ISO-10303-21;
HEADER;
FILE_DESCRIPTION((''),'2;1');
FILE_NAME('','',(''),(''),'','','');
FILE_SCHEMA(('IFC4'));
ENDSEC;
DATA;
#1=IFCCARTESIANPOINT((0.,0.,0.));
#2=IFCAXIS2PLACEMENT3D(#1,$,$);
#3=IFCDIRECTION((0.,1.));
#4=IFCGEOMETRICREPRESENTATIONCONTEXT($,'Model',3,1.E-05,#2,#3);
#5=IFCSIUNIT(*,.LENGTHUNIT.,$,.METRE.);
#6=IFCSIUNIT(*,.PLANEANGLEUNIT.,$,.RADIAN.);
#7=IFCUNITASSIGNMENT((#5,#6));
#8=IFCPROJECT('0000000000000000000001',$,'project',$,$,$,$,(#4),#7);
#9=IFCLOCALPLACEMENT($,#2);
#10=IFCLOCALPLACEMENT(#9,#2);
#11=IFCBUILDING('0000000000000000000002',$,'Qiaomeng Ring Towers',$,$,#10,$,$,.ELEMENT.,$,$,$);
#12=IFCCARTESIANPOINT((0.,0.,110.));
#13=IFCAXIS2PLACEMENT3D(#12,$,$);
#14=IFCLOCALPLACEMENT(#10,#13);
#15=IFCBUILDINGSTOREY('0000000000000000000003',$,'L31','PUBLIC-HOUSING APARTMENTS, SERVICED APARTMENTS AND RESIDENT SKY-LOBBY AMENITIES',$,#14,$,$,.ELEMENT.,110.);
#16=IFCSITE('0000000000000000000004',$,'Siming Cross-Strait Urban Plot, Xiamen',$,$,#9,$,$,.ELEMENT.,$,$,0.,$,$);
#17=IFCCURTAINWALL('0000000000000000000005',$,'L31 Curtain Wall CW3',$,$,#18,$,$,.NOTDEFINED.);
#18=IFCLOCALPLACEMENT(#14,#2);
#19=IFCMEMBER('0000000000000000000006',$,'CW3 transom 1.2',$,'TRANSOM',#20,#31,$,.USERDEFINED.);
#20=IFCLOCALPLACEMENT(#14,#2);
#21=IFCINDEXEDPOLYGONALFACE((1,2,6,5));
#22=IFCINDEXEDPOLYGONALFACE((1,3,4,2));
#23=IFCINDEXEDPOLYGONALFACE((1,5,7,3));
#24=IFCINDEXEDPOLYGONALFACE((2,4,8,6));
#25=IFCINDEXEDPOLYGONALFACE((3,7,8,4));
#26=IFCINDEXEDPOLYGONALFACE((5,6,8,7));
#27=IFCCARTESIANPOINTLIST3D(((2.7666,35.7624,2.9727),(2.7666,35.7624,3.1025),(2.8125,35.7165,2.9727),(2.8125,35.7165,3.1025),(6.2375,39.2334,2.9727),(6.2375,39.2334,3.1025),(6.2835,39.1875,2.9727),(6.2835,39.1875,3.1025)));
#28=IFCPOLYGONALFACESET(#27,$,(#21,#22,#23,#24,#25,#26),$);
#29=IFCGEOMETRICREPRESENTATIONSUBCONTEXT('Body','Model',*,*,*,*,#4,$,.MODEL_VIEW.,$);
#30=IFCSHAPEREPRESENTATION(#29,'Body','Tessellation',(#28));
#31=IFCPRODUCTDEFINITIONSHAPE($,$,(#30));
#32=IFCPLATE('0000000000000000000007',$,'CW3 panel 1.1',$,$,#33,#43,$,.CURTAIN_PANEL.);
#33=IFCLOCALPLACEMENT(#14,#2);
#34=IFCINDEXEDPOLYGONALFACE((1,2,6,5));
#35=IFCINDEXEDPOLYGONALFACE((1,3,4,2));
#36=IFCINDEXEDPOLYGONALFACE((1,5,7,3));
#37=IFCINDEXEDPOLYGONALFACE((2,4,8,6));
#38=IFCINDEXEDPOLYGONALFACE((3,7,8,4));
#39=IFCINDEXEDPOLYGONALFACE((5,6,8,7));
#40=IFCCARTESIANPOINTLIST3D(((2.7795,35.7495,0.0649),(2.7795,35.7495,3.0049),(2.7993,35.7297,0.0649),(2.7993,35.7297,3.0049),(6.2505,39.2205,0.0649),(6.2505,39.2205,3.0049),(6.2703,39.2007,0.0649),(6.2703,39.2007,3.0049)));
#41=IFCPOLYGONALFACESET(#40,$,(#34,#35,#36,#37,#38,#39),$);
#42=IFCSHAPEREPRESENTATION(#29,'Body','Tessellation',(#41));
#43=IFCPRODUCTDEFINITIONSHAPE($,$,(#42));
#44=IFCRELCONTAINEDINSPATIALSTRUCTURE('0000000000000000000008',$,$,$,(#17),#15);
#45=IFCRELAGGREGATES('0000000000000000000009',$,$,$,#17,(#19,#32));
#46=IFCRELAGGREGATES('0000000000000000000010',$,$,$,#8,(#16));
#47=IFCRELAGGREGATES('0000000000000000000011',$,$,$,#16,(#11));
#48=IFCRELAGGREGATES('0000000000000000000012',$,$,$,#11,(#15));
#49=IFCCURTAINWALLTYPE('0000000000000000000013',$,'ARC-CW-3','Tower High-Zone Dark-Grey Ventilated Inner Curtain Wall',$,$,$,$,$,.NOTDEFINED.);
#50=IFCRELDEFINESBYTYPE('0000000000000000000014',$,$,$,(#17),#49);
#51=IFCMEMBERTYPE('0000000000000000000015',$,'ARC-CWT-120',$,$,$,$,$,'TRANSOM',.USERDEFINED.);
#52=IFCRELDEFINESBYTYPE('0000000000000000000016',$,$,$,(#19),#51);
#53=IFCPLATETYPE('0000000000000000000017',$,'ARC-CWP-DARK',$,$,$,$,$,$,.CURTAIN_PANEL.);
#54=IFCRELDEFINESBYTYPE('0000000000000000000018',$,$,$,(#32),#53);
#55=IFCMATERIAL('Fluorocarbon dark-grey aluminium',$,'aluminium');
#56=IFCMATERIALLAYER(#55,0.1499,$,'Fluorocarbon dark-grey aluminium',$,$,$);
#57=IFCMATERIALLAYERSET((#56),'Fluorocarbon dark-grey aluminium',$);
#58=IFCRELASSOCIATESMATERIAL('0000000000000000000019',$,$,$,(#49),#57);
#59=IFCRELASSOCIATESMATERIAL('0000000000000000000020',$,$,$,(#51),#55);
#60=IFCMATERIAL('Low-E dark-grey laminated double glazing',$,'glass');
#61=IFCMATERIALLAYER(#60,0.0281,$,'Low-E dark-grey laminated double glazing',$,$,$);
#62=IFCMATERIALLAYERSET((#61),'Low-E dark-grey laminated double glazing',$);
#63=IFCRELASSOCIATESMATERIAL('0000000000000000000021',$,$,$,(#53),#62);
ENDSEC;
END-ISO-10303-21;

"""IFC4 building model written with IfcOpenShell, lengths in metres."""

from ifc_helpers import new_model, si_unit, direction, frame, origin, origin_2d, place, context, subcontext, project, spatial, rectangle, extrude, source, transform, mapped, material, layer, layer_set, material_profile, profile_set, type_object, element, aggregate, save


model = new_model("IFC4")

# Units and contexts
model_context = context("Model", 3, precision=1e-05, world=origin(), true_north=direction((0.0, 1.0)))
body_context = subcontext(model_context, "Body", "Model", "MODEL_VIEW")
ifc_project = project(units=[si_unit("LENGTHUNIT", "METRE"), si_unit("PLANEANGLEUNIT", "RADIAN")], contexts=[model_context])

# Site, building, storey
site_placement = place(None, origin())
site = spatial("IfcSite", under=ifc_project, at=site_placement, Name="Siming Cross-Strait Urban Plot, Xiamen", CompositionType="ELEMENT", RefElevation=0.0)
building_placement = place(site_placement, origin())
building = spatial("IfcBuilding", under=site, at=building_placement, Name="Qiaomeng Ring Towers", CompositionType="ELEMENT")
storey_placement = place(building_placement, frame((0.0, 0.0, 110.0)))
storey = spatial("IfcBuildingStorey", under=building, at=storey_placement, Name="L31", Description="PUBLIC-HOUSING APARTMENTS, SERVICED APARTMENTS AND RESIDENT SKY-LOBBY AMENITIES", CompositionType="ELEMENT", Elevation=110.0)

# Curtain wall, member, plate
ifc_material_1 = material(Name="Fluorocarbon dark-grey aluminium", Category="aluminium")
ifc_layer_1 = layer(ifc_material_1, 0.1499, Name="Fluorocarbon dark-grey aluminium")
ifc_layer_set_1 = layer_set([ifc_layer_1], Name="Fluorocarbon dark-grey aluminium")
curtain_wall_type = type_object("IfcCurtainWallType", Name="ARC-CW-3", Description="Tower High-Zone Dark-Grey Ventilated Inner Curtain Wall", PredefinedType="NOTDEFINED", material=ifc_layer_set_1)
curtain_wall_placement = place(storey_placement, origin())
curtain_wall = element("IfcCurtainWall", 1, at=curtain_wall_placement, inside=storey, type_object=curtain_wall_type, Name="L31 Curtain Wall CW3", PredefinedType="NOTDEFINED")
ifc_material_profile_1 = material_profile(ifc_material_1, rectangle(XDim=0.0649, YDim=0.1299, at=origin_2d()), Name="ALU TRAN 65x130")
ifc_profile_set_1 = profile_set([ifc_material_profile_1], Name="Fluorocarbon dark-grey aluminium")
member_type_1 = type_object("IfcMemberType", Name="ARC-CWT-120", ElementType="TRANSOM", PredefinedType="USERDEFINED", material=ifc_profile_set_1)
shared_shape_1 = source(origin(), body_context, "Body", "SweptSolid", [
    extrude(rectangle(XDim=0.0649, YDim=0.1299, at=origin_2d()), origin(), (0.0, 0.0, 1.0), 4.9087),
])
member_1_placement = place(storey_placement, frame((6.2605, 39.2104, 3.0376), z_axis=(-0.707107, -0.707107, 0.0), x_axis=(0.707107, -0.707107, 0.0)))
member_1 = element("IfcMember", 2, at=member_1_placement, type_object=member_type_1, Name="CW3 transom 1.2", ObjectType="TRANSOM", PredefinedType="USERDEFINED", context=body_context, shape_type="MappedRepresentation", body=[
    mapped(shared_shape_1, transform((0.0, 0.0, 0.0), x_axis=(1.0, 0.0, 0.0), y_axis=(0.0, 1.0, 0.0), z_axis=(0.0, 0.0, 1.0), scale=1.0)),
])
ifc_material_2 = material(Name="Low-E dark-grey laminated double glazing", Category="glass")
ifc_layer_2 = layer(ifc_material_2, 0.0281, Name="Low-E dark-grey laminated double glazing")
ifc_layer_set_2 = layer_set([ifc_layer_2], Name="Low-E dark-grey laminated double glazing")
plate_type = type_object("IfcPlateType", Name="ARC-CWP-DARK", PredefinedType="CURTAIN_PANEL", material=ifc_layer_set_2)
shared_shape_2 = source(origin(), body_context, "Body", "SweptSolid", [
    extrude(rectangle(XDim=4.9087, YDim=0.0281, at=origin_2d()), origin(), (0.0, 0.0, 1.0), 2.9399),
])
plate_placement = place(storey_placement, frame((4.5249, 37.4751, 0.0649), z_axis=(0.0, 0.0, 1.0), x_axis=(-0.707107, -0.707107, 0.0)))
plate = element("IfcPlate", 3, at=plate_placement, type_object=plate_type, Name="CW3 panel 1.1", PredefinedType="CURTAIN_PANEL", context=body_context, shape_type="MappedRepresentation", body=[
    mapped(shared_shape_2, transform((0.0, 0.0, 0.0), x_axis=(1.0, 0.0, 0.0), y_axis=(0.0, 1.0, 0.0), z_axis=(0.0, 0.0, 1.0), scale=1.0)),
])
aggregate(curtain_wall, [member_1, plate])

save(model, "model.ifc")
